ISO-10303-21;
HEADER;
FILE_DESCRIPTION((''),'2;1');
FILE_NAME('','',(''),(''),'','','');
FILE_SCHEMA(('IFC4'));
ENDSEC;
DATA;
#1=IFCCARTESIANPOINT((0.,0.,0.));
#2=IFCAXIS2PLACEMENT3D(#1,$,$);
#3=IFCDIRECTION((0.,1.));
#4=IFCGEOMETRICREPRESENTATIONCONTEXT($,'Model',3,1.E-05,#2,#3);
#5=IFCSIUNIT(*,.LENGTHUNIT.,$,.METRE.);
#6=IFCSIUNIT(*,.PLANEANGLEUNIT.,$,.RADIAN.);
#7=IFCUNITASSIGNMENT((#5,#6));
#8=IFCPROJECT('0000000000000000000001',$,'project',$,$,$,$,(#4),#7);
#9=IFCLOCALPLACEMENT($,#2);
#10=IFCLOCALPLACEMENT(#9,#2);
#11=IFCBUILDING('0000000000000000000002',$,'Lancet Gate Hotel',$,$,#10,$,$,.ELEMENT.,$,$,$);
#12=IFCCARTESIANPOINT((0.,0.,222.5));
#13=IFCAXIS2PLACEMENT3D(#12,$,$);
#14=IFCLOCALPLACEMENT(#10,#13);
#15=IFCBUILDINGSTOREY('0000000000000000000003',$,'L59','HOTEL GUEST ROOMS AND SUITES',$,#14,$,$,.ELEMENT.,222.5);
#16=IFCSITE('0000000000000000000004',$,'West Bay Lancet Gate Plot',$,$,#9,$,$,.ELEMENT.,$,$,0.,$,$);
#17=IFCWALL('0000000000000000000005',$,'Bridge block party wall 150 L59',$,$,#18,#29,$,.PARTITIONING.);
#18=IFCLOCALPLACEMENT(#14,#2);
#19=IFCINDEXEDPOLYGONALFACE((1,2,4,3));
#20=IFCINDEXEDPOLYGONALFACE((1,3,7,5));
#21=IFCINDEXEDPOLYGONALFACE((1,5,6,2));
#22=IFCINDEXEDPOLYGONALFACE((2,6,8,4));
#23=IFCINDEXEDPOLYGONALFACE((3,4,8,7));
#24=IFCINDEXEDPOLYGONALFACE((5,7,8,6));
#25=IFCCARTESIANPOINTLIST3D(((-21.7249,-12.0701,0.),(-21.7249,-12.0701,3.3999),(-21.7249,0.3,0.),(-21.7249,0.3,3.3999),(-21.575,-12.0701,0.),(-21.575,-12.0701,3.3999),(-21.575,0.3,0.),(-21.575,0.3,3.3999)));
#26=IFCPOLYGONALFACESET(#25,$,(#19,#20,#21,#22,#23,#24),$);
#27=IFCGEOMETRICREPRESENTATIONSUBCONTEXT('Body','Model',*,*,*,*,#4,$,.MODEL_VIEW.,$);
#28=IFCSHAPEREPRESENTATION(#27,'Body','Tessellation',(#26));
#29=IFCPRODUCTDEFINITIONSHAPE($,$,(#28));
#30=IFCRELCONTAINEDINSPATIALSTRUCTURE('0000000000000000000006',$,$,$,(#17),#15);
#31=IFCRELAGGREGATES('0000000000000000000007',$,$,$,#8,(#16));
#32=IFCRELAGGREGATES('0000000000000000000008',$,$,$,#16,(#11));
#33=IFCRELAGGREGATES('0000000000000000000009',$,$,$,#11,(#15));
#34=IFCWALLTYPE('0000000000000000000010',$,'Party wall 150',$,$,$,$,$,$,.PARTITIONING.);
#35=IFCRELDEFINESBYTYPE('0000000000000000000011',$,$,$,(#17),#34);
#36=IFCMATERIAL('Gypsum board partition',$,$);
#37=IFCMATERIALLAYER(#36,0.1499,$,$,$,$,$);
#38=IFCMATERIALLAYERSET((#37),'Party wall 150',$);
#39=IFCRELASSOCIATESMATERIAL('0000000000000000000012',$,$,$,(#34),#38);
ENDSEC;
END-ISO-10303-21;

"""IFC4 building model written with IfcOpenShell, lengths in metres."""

from ifc_helpers import new_model, si_unit, direction, frame, frame_2d, origin, place, context, subcontext, project, spatial, rectangle, extrude, material, layer, layer_set, type_object, element, save


model = new_model("IFC4")

# Units and contexts
model_context = context("Model", 3, precision=1e-05, world=origin(), true_north=direction((0.0, 1.0)))
body_context = subcontext(model_context, "Body", "Model", "MODEL_VIEW")
ifc_project = project(units=[si_unit("LENGTHUNIT", "METRE"), si_unit("PLANEANGLEUNIT", "RADIAN")], contexts=[model_context])

# Site, building, storey
site_placement = place(None, origin())
site = spatial("IfcSite", under=ifc_project, at=site_placement, Name="West Bay Lancet Gate Plot", CompositionType="ELEMENT", RefElevation=0.0)
building_placement = place(site_placement, origin())
building = spatial("IfcBuilding", under=site, at=building_placement, Name="Lancet Gate Hotel", CompositionType="ELEMENT")
storey_placement = place(building_placement, frame((0.0, 0.0, 222.5)))
storey = spatial("IfcBuildingStorey", under=building, at=storey_placement, Name="L59", Description="HOTEL GUEST ROOMS AND SUITES", CompositionType="ELEMENT", Elevation=222.5)

# Wall
ifc_material_1 = material(Name="Gypsum board partition")
ifc_layer_1 = layer(ifc_material_1, 0.1499)
ifc_layer_set_1 = layer_set([ifc_layer_1], Name="Party wall 150")
wall_type_1 = type_object("IfcWallType", Name="Party wall 150", PredefinedType="PARTITIONING", material=ifc_layer_set_1)
wall_1_placement = place(storey_placement, frame((-21.6499, -12.0701, 0.0), z_axis=(0.0, 0.0, 1.0), x_axis=(0.0, 1.0, 0.0)))
element("IfcWall", 1, at=wall_1_placement, inside=storey, type_object=wall_type_1, Name="Bridge block party wall 150 L59", PredefinedType="PARTITIONING", context=body_context, shape_type="SweptSolid", body=[
    extrude(rectangle(XDim=12.3701, YDim=0.1499, at=frame_2d((6.1851, 0.0))), origin(), (0.0, 0.0, 1.0), 3.3999),
])

save(model, "model.ifc")
